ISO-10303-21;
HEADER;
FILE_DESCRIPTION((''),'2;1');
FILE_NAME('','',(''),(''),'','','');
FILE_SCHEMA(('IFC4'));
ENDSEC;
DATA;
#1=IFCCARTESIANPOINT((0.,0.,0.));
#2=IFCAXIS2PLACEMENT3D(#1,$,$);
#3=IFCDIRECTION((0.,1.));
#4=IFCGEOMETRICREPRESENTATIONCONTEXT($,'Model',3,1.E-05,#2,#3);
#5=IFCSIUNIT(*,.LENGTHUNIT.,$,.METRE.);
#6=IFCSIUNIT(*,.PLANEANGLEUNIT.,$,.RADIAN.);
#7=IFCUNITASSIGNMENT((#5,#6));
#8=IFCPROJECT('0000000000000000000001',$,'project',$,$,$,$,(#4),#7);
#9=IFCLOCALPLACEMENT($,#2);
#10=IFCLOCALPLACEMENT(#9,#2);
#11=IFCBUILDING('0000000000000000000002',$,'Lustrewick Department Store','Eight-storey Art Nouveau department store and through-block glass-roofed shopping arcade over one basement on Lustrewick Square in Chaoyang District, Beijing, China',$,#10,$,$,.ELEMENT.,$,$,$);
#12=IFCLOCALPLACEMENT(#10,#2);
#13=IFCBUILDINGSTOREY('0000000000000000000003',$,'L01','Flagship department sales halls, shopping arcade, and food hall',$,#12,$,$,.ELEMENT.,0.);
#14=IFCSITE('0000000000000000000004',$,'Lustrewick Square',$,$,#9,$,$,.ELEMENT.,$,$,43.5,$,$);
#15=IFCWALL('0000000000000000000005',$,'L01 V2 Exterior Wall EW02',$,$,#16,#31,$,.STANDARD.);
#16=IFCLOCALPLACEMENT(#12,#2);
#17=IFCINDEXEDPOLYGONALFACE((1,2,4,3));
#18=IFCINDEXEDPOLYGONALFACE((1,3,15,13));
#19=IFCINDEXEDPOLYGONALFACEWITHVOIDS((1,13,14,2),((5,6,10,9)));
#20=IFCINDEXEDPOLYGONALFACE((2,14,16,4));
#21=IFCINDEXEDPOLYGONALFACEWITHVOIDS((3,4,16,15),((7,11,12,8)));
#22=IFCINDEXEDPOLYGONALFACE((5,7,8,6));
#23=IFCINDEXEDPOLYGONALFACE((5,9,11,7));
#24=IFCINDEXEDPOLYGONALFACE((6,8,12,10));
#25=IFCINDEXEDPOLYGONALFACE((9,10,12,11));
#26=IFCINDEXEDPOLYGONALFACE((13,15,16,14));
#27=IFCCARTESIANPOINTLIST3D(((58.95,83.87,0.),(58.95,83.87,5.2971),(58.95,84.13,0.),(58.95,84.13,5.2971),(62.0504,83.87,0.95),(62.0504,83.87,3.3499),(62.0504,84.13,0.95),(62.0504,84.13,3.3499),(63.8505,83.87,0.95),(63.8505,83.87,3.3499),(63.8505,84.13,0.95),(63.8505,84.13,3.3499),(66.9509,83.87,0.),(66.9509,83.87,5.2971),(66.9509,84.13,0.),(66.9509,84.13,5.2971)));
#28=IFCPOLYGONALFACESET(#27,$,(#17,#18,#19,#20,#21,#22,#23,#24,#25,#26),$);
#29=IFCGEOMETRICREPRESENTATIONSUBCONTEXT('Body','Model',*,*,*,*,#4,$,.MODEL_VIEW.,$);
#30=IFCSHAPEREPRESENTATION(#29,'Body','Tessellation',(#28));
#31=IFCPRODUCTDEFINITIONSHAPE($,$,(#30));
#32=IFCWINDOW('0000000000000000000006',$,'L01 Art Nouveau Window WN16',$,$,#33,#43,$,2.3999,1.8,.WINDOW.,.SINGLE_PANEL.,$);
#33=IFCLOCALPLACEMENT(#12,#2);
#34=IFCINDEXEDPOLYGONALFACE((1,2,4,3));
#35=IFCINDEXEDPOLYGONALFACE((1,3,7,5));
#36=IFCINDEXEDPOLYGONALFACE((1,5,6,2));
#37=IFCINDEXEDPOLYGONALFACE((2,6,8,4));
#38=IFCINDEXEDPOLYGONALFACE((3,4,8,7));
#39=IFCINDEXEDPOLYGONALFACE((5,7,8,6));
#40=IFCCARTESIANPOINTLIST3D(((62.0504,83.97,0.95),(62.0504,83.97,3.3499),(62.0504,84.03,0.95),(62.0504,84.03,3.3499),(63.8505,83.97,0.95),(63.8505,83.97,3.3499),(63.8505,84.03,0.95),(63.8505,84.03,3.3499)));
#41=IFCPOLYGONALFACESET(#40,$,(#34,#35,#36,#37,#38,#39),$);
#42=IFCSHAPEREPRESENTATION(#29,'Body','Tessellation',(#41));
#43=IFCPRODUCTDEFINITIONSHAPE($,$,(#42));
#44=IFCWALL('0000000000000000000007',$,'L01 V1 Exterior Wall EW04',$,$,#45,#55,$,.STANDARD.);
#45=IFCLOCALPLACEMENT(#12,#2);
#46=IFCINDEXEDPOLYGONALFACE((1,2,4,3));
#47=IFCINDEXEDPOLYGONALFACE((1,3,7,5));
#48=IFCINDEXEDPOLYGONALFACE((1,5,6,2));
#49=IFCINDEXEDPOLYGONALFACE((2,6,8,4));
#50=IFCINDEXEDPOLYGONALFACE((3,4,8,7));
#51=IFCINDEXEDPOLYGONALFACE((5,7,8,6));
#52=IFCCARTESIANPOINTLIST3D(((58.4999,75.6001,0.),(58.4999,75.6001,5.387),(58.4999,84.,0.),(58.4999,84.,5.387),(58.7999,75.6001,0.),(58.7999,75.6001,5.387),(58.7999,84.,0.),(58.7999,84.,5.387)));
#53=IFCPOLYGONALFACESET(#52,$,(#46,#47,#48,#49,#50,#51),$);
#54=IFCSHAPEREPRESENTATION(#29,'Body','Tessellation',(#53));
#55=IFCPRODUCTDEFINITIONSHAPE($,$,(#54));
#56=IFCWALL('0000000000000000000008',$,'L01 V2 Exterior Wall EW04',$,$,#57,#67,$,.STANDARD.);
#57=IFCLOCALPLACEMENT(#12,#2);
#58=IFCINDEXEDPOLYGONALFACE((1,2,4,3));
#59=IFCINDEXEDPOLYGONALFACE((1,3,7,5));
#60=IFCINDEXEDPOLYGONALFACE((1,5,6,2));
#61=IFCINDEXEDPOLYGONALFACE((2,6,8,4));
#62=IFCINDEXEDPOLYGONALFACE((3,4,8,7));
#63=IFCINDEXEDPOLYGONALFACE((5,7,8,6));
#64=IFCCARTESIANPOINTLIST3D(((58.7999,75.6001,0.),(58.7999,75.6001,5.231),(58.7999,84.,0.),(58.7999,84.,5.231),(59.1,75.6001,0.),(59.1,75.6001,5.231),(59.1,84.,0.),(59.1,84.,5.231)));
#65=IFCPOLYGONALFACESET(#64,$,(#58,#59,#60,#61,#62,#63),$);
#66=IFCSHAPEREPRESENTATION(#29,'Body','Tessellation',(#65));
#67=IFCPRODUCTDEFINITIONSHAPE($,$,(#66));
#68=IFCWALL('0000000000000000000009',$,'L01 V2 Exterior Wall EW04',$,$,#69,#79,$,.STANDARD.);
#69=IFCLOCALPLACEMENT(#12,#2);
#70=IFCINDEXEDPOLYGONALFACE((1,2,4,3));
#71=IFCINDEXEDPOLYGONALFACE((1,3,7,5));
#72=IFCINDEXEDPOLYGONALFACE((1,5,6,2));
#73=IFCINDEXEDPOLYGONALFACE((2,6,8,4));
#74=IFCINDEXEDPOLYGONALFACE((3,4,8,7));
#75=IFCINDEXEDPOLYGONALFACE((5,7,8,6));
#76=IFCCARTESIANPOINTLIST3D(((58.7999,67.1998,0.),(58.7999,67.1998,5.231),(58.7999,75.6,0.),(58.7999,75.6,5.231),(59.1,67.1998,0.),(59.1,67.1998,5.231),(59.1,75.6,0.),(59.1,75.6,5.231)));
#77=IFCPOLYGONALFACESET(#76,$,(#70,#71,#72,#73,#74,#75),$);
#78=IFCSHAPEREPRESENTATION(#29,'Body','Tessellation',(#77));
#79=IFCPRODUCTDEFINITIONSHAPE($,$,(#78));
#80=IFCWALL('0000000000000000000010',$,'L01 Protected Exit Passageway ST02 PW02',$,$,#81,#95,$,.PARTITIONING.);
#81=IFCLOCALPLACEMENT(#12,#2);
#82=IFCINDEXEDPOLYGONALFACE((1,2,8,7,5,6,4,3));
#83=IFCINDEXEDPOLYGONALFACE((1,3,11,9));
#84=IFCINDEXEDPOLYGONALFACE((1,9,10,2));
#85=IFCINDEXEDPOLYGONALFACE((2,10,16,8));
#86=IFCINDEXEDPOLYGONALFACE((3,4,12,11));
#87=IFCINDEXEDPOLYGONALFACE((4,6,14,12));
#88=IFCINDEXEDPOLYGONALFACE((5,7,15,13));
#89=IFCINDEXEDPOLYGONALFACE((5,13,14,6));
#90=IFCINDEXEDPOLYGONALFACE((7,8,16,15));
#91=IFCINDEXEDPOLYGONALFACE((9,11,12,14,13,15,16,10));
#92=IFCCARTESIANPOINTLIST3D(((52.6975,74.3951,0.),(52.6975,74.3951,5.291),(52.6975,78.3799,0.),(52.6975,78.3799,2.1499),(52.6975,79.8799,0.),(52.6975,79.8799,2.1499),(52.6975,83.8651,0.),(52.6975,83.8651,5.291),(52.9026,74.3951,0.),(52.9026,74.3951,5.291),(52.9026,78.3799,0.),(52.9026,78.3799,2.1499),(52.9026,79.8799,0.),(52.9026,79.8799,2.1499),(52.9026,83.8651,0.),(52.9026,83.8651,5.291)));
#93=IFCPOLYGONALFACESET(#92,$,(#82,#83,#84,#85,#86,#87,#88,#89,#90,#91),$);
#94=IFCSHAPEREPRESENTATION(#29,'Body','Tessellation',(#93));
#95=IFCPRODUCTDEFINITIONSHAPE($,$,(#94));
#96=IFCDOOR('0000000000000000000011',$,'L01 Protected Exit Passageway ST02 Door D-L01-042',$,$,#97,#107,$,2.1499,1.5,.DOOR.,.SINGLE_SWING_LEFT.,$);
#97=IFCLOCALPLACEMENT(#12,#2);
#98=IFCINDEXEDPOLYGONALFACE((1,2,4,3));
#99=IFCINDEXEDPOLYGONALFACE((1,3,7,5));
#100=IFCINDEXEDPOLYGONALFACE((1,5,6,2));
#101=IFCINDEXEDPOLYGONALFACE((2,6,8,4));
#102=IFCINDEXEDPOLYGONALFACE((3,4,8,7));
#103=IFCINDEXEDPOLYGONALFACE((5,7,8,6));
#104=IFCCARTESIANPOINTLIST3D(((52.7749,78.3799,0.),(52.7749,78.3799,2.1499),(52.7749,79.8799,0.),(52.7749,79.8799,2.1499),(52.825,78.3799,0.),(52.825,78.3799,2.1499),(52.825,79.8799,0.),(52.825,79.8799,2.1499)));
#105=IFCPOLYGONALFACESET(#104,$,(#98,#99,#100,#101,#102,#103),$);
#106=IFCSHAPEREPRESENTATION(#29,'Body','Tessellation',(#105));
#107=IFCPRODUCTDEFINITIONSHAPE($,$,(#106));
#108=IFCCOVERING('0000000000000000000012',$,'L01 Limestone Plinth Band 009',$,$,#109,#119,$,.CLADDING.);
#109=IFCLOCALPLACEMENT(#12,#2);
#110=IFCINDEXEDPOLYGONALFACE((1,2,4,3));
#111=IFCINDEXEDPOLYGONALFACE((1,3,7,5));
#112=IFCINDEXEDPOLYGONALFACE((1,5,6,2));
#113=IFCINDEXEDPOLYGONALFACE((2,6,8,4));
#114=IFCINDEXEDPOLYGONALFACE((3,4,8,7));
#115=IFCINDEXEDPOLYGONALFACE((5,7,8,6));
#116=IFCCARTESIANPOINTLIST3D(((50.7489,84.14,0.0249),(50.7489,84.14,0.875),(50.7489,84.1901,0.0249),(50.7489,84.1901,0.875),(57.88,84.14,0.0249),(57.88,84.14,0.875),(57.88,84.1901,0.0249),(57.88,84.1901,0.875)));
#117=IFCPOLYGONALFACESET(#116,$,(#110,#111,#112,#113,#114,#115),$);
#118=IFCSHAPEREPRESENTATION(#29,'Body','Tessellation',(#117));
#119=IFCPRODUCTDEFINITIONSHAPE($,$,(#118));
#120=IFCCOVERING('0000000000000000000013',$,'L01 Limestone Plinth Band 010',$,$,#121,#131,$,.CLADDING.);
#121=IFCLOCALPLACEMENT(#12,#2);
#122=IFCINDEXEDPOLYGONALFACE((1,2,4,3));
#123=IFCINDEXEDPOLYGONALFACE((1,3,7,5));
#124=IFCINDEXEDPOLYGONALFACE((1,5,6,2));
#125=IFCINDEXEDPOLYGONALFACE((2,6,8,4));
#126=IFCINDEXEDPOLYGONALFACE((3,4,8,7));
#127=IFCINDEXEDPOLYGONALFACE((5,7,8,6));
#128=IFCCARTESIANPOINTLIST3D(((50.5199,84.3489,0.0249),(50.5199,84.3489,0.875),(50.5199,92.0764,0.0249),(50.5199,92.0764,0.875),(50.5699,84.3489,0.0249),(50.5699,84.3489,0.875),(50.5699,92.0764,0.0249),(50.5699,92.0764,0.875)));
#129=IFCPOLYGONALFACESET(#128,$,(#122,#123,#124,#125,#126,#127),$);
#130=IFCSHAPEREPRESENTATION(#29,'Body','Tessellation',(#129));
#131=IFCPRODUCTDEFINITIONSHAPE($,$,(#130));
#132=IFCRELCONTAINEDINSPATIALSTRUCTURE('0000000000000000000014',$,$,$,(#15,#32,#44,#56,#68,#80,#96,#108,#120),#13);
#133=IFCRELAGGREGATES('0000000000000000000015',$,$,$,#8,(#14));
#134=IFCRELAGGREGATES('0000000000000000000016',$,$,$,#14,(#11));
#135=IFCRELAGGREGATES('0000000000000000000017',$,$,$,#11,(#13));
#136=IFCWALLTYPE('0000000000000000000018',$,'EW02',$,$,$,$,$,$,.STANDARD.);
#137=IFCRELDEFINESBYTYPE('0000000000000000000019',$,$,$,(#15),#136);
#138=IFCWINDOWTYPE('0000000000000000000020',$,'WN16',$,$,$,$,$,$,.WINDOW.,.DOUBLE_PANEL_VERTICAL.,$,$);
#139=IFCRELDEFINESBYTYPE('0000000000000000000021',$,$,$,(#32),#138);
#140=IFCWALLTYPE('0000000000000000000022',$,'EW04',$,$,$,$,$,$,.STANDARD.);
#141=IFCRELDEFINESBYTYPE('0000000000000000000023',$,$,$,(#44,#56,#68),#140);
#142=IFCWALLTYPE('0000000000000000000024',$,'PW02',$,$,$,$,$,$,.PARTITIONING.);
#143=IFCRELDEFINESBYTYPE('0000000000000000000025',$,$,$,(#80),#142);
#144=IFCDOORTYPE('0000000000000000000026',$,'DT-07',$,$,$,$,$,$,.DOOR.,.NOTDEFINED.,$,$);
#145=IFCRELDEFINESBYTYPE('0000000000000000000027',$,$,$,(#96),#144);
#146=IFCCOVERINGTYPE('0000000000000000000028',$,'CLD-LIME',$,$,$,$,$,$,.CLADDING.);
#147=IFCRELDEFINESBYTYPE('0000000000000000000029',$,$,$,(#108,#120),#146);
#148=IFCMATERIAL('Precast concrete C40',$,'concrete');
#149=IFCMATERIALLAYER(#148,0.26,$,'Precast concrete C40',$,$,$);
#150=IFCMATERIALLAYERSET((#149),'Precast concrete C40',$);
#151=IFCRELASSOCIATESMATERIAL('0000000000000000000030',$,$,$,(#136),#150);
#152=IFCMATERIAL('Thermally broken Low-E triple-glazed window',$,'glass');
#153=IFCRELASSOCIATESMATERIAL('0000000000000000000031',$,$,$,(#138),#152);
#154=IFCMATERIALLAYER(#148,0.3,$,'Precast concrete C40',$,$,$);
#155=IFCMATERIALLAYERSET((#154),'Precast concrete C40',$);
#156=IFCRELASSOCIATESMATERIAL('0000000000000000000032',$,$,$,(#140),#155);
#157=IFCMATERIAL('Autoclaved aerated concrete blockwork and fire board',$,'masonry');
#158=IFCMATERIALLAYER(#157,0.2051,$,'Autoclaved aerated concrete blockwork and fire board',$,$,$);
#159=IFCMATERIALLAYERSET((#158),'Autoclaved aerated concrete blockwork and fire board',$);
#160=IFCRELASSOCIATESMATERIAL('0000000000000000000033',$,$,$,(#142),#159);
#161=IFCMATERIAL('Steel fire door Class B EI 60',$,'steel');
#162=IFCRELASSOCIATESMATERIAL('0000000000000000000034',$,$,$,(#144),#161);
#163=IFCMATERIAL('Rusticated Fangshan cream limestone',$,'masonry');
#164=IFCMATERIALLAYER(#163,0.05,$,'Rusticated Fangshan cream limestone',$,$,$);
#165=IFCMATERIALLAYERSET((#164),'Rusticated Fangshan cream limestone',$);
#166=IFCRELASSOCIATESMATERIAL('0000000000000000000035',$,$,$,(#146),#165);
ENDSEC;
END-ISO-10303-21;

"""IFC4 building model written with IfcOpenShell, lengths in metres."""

from ifc_helpers import new_model, si_unit, direction, frame, frame_2d, origin, origin_2d, place, context, subcontext, project, spatial, rectangle, extrude, material, layer, layer_set, type_object, element, fill, save


model = new_model("IFC4")

# Units and contexts
model_context = context("Model", 3, precision=1e-05, world=origin(), true_north=direction((0.0, 1.0)))
body_context = subcontext(model_context, "Body", "Model", "MODEL_VIEW")
ifc_project = project(units=[si_unit("LENGTHUNIT", "METRE"), si_unit("PLANEANGLEUNIT", "RADIAN")], contexts=[model_context])

# Site, building, storey
site_placement = place(None, origin())
site = spatial("IfcSite", under=ifc_project, at=site_placement, Name="Lustrewick Square", CompositionType="ELEMENT", RefElevation=43.5)
building_placement = place(site_placement, origin())
building = spatial("IfcBuilding", under=site, at=building_placement, Name="Lustrewick Department Store", Description="Eight-storey Art Nouveau department store and through-block glass-roofed shopping arcade over one basement on Lustrewick Square in Chaoyang District, Beijing, China", CompositionType="ELEMENT")
storey_placement = place(building_placement, origin())
storey = spatial("IfcBuildingStorey", under=building, at=storey_placement, Name="L01", Description="Flagship department sales halls, shopping arcade, and food hall", CompositionType="ELEMENT", Elevation=0.0)

# Wall, opening, window
ifc_material_1 = material(Name="Precast concrete C40", Category="concrete")
ifc_layer_1 = layer(ifc_material_1, 0.26, Name="Precast concrete C40")
ifc_layer_set_1 = layer_set([ifc_layer_1], Name="Precast concrete C40")
wall_type_1 = type_object("IfcWallType", Name="EW02", PredefinedType="STANDARD", material=ifc_layer_set_1)
wall_1_placement = place(storey_placement, frame((66.9509, 84.0, 0.0), z_axis=(0.0, 0.0, 1.0), x_axis=(-1.0, 0.0, 0.0)))
wall_1 = element("IfcWall", 1, at=wall_1_placement, inside=storey, type_object=wall_type_1, Name="L01 V2 Exterior Wall EW02", PredefinedType="STANDARD", context=body_context, shape_type="SweptSolid", body=[
    extrude(rectangle(XDim=8.001, YDim=0.26, at=frame_2d((4.0005, 0.0))), origin(), (0.0, 0.0, 1.0), 5.2971),
])
opening_1_placement = place(wall_1_placement, frame((3.1006, 0.0, 0.95)))
opening_1 = element("IfcOpeningElement", 2, at=opening_1_placement, cuts=wall_1, PredefinedType="OPENING", context=body_context, shape_type="SweptSolid", body=[
    extrude(rectangle(XDim=1.8, YDim=2.3999, at=frame_2d((0.8999, 1.2))), frame((0.0, 0.1401, 0.0), z_axis=(0.0, -1.0, 0.0), x_axis=(1.0, 0.0, 0.0)), (0.0, 0.0, 1.0), 0.28),
])
ifc_material_2 = material(Name="Thermally broken Low-E triple-glazed window", Category="glass")
window_type = type_object("IfcWindowType", Name="WN16", PartitioningType="DOUBLE_PANEL_VERTICAL", PredefinedType="WINDOW", material=ifc_material_2)
window_placement = place(opening_1_placement, origin())
window = element("IfcWindow", 3, at=window_placement, inside=storey, type_object=window_type, Name="L01 Art Nouveau Window WN16", OverallHeight=2.3999, OverallWidth=1.8, PartitioningType="SINGLE_PANEL", PredefinedType="WINDOW", context=body_context, shape_type="SweptSolid", body=[
    extrude(rectangle(XDim=1.8, YDim=2.3999, at=frame_2d((0.8999, 1.2))), frame((0.0, 0.03, 0.0), z_axis=(0.0, -1.0, 0.0), x_axis=(1.0, 0.0, 0.0)), (0.0, 0.0, 1.0), 0.0601),
])
fill(opening_1, window)

# Walls
ifc_layer_2 = layer(ifc_material_1, 0.3, Name="Precast concrete C40")
ifc_layer_set_2 = layer_set([ifc_layer_2], Name="Precast concrete C40")
wall_type_2 = type_object("IfcWallType", Name="EW04", PredefinedType="STANDARD", material=ifc_layer_set_2)
wall_2_placement = place(storey_placement, frame((58.6499, 75.6001, 0.0), z_axis=(0.0, 0.0, 1.0), x_axis=(0.0, 1.0, 0.0)))
element("IfcWall", 4, at=wall_2_placement, inside=storey, type_object=wall_type_2, Name="L01 V1 Exterior Wall EW04", PredefinedType="STANDARD", context=body_context, shape_type="SweptSolid", body=[
    extrude(rectangle(XDim=8.3999, YDim=0.3, at=frame_2d((4.2, 0.0))), origin(), (0.0, 0.0, 1.0), 5.387),
])
wall_3_placement = place(storey_placement, frame((58.95, 84.0, 0.0), z_axis=(0.0, 0.0, 1.0), x_axis=(0.0, -1.0, 0.0)))
element("IfcWall", 5, at=wall_3_placement, inside=storey, type_object=wall_type_2, Name="L01 V2 Exterior Wall EW04", PredefinedType="STANDARD", context=body_context, shape_type="SweptSolid", body=[
    extrude(rectangle(XDim=8.3999, YDim=0.3, at=frame_2d((4.2, 0.0))), origin(), (0.0, 0.0, 1.0), 5.231),
])
wall_4_placement = place(storey_placement, frame((58.95, 75.6001, 0.0), z_axis=(0.0, 0.0, 1.0), x_axis=(0.0, -1.0, 0.0)))
element("IfcWall", 6, at=wall_4_placement, inside=storey, type_object=wall_type_2, Name="L01 V2 Exterior Wall EW04", PredefinedType="STANDARD", context=body_context, shape_type="SweptSolid", body=[
    extrude(rectangle(XDim=8.4001, YDim=0.3, at=frame_2d((4.2002, 0.0))), origin(), (0.0, 0.0, 1.0), 5.231),
])

# Wall, opening, door
ifc_material_3 = material(Name="Autoclaved aerated concrete blockwork and fire board", Category="masonry")
ifc_layer_3 = layer(ifc_material_3, 0.2051, Name="Autoclaved aerated concrete blockwork and fire board")
ifc_layer_set_3 = layer_set([ifc_layer_3], Name="Autoclaved aerated concrete blockwork and fire board")
wall_type_3 = type_object("IfcWallType", Name="PW02", PredefinedType="PARTITIONING", material=ifc_layer_set_3)
wall_5_placement = place(storey_placement, frame((52.8, 83.865, 0.0), z_axis=(0.0, 0.0, 1.0), x_axis=(0.0, -1.0, 0.0)))
wall_5 = element("IfcWall", 7, at=wall_5_placement, inside=storey, type_object=wall_type_3, Name="L01 Protected Exit Passageway ST02 PW02", PredefinedType="PARTITIONING", context=body_context, shape_type="SweptSolid", body=[
    extrude(rectangle(XDim=9.47, YDim=0.2051, at=frame_2d((4.7349, 0.0))), origin(), (0.0, 0.0, 1.0), 5.291),
])
opening_2_placement = place(wall_5_placement, frame((3.9851, 0.0, 0.0)))
opening_2 = element("IfcOpeningElement", 8, at=opening_2_placement, cuts=wall_5, PredefinedType="OPENING", context=body_context, shape_type="SweptSolid", body=[
    extrude(rectangle(XDim=1.5, YDim=2.1499, at=frame_2d((0.75, 1.075))), frame((0.0, 0.1125, 0.0), z_axis=(0.0, -1.0, 0.0), x_axis=(1.0, 0.0, 0.0)), (0.0, 0.0, 1.0), 0.2251),
])
ifc_material_4 = material(Name="Steel fire door Class B EI 60", Category="steel")
door_type_1 = type_object("IfcDoorType", Name="DT-07", OperationType="NOTDEFINED", PredefinedType="DOOR", material=ifc_material_4)
door_1_placement = place(opening_2_placement, origin())
door_1 = element("IfcDoor", 9, at=door_1_placement, inside=storey, type_object=door_type_1, Name="L01 Protected Exit Passageway ST02 Door D-L01-042", OperationType="SINGLE_SWING_LEFT", OverallHeight=2.1499, OverallWidth=1.5, PredefinedType="DOOR", context=body_context, shape_type="SweptSolid", body=[
    extrude(rectangle(XDim=1.5, YDim=2.1499, at=frame_2d((0.75, 1.075))), frame((0.0, 0.0249, 0.0), z_axis=(0.0, -1.0, 0.0), x_axis=(1.0, 0.0, 0.0)), (0.0, 0.0, 1.0), 0.05),
])
fill(opening_2, door_1)

# Coverings
ifc_material_5 = material(Name="Rusticated Fangshan cream limestone", Category="masonry")
ifc_layer_4 = layer(ifc_material_5, 0.05, Name="Rusticated Fangshan cream limestone")
ifc_layer_set_4 = layer_set([ifc_layer_4], Name="Rusticated Fangshan cream limestone")
covering_type = type_object("IfcCoveringType", Name="CLD-LIME", PredefinedType="CLADDING", material=ifc_layer_set_4)
covering_1_placement = place(storey_placement, frame((54.3145, 84.165, 0.0249), z_axis=(0.0, 0.0, 1.0), x_axis=(-1.0, 0.0, 0.0)))
element("IfcCovering", 10, at=covering_1_placement, inside=storey, type_object=covering_type, Name="L01 Limestone Plinth Band 009", PredefinedType="CLADDING", context=body_context, shape_type="SweptSolid", body=[
    extrude(rectangle(XDim=7.1311, YDim=0.05, at=origin_2d()), origin(), (0.0, 0.0, 1.0), 0.8501),
])
covering_2_placement = place(storey_placement, frame((50.5449, 88.2126, 0.0249), z_axis=(0.0, 0.0, 1.0), x_axis=(0.0, 1.0, 0.0)))
element("IfcCovering", 11, at=covering_2_placement, inside=storey, type_object=covering_type, Name="L01 Limestone Plinth Band 010", PredefinedType="CLADDING", context=body_context, shape_type="SweptSolid", body=[
    extrude(rectangle(XDim=7.7275, YDim=0.05, at=origin_2d()), origin(), (0.0, 0.0, 1.0), 0.8501),
])

save(model, "model.ifc")
